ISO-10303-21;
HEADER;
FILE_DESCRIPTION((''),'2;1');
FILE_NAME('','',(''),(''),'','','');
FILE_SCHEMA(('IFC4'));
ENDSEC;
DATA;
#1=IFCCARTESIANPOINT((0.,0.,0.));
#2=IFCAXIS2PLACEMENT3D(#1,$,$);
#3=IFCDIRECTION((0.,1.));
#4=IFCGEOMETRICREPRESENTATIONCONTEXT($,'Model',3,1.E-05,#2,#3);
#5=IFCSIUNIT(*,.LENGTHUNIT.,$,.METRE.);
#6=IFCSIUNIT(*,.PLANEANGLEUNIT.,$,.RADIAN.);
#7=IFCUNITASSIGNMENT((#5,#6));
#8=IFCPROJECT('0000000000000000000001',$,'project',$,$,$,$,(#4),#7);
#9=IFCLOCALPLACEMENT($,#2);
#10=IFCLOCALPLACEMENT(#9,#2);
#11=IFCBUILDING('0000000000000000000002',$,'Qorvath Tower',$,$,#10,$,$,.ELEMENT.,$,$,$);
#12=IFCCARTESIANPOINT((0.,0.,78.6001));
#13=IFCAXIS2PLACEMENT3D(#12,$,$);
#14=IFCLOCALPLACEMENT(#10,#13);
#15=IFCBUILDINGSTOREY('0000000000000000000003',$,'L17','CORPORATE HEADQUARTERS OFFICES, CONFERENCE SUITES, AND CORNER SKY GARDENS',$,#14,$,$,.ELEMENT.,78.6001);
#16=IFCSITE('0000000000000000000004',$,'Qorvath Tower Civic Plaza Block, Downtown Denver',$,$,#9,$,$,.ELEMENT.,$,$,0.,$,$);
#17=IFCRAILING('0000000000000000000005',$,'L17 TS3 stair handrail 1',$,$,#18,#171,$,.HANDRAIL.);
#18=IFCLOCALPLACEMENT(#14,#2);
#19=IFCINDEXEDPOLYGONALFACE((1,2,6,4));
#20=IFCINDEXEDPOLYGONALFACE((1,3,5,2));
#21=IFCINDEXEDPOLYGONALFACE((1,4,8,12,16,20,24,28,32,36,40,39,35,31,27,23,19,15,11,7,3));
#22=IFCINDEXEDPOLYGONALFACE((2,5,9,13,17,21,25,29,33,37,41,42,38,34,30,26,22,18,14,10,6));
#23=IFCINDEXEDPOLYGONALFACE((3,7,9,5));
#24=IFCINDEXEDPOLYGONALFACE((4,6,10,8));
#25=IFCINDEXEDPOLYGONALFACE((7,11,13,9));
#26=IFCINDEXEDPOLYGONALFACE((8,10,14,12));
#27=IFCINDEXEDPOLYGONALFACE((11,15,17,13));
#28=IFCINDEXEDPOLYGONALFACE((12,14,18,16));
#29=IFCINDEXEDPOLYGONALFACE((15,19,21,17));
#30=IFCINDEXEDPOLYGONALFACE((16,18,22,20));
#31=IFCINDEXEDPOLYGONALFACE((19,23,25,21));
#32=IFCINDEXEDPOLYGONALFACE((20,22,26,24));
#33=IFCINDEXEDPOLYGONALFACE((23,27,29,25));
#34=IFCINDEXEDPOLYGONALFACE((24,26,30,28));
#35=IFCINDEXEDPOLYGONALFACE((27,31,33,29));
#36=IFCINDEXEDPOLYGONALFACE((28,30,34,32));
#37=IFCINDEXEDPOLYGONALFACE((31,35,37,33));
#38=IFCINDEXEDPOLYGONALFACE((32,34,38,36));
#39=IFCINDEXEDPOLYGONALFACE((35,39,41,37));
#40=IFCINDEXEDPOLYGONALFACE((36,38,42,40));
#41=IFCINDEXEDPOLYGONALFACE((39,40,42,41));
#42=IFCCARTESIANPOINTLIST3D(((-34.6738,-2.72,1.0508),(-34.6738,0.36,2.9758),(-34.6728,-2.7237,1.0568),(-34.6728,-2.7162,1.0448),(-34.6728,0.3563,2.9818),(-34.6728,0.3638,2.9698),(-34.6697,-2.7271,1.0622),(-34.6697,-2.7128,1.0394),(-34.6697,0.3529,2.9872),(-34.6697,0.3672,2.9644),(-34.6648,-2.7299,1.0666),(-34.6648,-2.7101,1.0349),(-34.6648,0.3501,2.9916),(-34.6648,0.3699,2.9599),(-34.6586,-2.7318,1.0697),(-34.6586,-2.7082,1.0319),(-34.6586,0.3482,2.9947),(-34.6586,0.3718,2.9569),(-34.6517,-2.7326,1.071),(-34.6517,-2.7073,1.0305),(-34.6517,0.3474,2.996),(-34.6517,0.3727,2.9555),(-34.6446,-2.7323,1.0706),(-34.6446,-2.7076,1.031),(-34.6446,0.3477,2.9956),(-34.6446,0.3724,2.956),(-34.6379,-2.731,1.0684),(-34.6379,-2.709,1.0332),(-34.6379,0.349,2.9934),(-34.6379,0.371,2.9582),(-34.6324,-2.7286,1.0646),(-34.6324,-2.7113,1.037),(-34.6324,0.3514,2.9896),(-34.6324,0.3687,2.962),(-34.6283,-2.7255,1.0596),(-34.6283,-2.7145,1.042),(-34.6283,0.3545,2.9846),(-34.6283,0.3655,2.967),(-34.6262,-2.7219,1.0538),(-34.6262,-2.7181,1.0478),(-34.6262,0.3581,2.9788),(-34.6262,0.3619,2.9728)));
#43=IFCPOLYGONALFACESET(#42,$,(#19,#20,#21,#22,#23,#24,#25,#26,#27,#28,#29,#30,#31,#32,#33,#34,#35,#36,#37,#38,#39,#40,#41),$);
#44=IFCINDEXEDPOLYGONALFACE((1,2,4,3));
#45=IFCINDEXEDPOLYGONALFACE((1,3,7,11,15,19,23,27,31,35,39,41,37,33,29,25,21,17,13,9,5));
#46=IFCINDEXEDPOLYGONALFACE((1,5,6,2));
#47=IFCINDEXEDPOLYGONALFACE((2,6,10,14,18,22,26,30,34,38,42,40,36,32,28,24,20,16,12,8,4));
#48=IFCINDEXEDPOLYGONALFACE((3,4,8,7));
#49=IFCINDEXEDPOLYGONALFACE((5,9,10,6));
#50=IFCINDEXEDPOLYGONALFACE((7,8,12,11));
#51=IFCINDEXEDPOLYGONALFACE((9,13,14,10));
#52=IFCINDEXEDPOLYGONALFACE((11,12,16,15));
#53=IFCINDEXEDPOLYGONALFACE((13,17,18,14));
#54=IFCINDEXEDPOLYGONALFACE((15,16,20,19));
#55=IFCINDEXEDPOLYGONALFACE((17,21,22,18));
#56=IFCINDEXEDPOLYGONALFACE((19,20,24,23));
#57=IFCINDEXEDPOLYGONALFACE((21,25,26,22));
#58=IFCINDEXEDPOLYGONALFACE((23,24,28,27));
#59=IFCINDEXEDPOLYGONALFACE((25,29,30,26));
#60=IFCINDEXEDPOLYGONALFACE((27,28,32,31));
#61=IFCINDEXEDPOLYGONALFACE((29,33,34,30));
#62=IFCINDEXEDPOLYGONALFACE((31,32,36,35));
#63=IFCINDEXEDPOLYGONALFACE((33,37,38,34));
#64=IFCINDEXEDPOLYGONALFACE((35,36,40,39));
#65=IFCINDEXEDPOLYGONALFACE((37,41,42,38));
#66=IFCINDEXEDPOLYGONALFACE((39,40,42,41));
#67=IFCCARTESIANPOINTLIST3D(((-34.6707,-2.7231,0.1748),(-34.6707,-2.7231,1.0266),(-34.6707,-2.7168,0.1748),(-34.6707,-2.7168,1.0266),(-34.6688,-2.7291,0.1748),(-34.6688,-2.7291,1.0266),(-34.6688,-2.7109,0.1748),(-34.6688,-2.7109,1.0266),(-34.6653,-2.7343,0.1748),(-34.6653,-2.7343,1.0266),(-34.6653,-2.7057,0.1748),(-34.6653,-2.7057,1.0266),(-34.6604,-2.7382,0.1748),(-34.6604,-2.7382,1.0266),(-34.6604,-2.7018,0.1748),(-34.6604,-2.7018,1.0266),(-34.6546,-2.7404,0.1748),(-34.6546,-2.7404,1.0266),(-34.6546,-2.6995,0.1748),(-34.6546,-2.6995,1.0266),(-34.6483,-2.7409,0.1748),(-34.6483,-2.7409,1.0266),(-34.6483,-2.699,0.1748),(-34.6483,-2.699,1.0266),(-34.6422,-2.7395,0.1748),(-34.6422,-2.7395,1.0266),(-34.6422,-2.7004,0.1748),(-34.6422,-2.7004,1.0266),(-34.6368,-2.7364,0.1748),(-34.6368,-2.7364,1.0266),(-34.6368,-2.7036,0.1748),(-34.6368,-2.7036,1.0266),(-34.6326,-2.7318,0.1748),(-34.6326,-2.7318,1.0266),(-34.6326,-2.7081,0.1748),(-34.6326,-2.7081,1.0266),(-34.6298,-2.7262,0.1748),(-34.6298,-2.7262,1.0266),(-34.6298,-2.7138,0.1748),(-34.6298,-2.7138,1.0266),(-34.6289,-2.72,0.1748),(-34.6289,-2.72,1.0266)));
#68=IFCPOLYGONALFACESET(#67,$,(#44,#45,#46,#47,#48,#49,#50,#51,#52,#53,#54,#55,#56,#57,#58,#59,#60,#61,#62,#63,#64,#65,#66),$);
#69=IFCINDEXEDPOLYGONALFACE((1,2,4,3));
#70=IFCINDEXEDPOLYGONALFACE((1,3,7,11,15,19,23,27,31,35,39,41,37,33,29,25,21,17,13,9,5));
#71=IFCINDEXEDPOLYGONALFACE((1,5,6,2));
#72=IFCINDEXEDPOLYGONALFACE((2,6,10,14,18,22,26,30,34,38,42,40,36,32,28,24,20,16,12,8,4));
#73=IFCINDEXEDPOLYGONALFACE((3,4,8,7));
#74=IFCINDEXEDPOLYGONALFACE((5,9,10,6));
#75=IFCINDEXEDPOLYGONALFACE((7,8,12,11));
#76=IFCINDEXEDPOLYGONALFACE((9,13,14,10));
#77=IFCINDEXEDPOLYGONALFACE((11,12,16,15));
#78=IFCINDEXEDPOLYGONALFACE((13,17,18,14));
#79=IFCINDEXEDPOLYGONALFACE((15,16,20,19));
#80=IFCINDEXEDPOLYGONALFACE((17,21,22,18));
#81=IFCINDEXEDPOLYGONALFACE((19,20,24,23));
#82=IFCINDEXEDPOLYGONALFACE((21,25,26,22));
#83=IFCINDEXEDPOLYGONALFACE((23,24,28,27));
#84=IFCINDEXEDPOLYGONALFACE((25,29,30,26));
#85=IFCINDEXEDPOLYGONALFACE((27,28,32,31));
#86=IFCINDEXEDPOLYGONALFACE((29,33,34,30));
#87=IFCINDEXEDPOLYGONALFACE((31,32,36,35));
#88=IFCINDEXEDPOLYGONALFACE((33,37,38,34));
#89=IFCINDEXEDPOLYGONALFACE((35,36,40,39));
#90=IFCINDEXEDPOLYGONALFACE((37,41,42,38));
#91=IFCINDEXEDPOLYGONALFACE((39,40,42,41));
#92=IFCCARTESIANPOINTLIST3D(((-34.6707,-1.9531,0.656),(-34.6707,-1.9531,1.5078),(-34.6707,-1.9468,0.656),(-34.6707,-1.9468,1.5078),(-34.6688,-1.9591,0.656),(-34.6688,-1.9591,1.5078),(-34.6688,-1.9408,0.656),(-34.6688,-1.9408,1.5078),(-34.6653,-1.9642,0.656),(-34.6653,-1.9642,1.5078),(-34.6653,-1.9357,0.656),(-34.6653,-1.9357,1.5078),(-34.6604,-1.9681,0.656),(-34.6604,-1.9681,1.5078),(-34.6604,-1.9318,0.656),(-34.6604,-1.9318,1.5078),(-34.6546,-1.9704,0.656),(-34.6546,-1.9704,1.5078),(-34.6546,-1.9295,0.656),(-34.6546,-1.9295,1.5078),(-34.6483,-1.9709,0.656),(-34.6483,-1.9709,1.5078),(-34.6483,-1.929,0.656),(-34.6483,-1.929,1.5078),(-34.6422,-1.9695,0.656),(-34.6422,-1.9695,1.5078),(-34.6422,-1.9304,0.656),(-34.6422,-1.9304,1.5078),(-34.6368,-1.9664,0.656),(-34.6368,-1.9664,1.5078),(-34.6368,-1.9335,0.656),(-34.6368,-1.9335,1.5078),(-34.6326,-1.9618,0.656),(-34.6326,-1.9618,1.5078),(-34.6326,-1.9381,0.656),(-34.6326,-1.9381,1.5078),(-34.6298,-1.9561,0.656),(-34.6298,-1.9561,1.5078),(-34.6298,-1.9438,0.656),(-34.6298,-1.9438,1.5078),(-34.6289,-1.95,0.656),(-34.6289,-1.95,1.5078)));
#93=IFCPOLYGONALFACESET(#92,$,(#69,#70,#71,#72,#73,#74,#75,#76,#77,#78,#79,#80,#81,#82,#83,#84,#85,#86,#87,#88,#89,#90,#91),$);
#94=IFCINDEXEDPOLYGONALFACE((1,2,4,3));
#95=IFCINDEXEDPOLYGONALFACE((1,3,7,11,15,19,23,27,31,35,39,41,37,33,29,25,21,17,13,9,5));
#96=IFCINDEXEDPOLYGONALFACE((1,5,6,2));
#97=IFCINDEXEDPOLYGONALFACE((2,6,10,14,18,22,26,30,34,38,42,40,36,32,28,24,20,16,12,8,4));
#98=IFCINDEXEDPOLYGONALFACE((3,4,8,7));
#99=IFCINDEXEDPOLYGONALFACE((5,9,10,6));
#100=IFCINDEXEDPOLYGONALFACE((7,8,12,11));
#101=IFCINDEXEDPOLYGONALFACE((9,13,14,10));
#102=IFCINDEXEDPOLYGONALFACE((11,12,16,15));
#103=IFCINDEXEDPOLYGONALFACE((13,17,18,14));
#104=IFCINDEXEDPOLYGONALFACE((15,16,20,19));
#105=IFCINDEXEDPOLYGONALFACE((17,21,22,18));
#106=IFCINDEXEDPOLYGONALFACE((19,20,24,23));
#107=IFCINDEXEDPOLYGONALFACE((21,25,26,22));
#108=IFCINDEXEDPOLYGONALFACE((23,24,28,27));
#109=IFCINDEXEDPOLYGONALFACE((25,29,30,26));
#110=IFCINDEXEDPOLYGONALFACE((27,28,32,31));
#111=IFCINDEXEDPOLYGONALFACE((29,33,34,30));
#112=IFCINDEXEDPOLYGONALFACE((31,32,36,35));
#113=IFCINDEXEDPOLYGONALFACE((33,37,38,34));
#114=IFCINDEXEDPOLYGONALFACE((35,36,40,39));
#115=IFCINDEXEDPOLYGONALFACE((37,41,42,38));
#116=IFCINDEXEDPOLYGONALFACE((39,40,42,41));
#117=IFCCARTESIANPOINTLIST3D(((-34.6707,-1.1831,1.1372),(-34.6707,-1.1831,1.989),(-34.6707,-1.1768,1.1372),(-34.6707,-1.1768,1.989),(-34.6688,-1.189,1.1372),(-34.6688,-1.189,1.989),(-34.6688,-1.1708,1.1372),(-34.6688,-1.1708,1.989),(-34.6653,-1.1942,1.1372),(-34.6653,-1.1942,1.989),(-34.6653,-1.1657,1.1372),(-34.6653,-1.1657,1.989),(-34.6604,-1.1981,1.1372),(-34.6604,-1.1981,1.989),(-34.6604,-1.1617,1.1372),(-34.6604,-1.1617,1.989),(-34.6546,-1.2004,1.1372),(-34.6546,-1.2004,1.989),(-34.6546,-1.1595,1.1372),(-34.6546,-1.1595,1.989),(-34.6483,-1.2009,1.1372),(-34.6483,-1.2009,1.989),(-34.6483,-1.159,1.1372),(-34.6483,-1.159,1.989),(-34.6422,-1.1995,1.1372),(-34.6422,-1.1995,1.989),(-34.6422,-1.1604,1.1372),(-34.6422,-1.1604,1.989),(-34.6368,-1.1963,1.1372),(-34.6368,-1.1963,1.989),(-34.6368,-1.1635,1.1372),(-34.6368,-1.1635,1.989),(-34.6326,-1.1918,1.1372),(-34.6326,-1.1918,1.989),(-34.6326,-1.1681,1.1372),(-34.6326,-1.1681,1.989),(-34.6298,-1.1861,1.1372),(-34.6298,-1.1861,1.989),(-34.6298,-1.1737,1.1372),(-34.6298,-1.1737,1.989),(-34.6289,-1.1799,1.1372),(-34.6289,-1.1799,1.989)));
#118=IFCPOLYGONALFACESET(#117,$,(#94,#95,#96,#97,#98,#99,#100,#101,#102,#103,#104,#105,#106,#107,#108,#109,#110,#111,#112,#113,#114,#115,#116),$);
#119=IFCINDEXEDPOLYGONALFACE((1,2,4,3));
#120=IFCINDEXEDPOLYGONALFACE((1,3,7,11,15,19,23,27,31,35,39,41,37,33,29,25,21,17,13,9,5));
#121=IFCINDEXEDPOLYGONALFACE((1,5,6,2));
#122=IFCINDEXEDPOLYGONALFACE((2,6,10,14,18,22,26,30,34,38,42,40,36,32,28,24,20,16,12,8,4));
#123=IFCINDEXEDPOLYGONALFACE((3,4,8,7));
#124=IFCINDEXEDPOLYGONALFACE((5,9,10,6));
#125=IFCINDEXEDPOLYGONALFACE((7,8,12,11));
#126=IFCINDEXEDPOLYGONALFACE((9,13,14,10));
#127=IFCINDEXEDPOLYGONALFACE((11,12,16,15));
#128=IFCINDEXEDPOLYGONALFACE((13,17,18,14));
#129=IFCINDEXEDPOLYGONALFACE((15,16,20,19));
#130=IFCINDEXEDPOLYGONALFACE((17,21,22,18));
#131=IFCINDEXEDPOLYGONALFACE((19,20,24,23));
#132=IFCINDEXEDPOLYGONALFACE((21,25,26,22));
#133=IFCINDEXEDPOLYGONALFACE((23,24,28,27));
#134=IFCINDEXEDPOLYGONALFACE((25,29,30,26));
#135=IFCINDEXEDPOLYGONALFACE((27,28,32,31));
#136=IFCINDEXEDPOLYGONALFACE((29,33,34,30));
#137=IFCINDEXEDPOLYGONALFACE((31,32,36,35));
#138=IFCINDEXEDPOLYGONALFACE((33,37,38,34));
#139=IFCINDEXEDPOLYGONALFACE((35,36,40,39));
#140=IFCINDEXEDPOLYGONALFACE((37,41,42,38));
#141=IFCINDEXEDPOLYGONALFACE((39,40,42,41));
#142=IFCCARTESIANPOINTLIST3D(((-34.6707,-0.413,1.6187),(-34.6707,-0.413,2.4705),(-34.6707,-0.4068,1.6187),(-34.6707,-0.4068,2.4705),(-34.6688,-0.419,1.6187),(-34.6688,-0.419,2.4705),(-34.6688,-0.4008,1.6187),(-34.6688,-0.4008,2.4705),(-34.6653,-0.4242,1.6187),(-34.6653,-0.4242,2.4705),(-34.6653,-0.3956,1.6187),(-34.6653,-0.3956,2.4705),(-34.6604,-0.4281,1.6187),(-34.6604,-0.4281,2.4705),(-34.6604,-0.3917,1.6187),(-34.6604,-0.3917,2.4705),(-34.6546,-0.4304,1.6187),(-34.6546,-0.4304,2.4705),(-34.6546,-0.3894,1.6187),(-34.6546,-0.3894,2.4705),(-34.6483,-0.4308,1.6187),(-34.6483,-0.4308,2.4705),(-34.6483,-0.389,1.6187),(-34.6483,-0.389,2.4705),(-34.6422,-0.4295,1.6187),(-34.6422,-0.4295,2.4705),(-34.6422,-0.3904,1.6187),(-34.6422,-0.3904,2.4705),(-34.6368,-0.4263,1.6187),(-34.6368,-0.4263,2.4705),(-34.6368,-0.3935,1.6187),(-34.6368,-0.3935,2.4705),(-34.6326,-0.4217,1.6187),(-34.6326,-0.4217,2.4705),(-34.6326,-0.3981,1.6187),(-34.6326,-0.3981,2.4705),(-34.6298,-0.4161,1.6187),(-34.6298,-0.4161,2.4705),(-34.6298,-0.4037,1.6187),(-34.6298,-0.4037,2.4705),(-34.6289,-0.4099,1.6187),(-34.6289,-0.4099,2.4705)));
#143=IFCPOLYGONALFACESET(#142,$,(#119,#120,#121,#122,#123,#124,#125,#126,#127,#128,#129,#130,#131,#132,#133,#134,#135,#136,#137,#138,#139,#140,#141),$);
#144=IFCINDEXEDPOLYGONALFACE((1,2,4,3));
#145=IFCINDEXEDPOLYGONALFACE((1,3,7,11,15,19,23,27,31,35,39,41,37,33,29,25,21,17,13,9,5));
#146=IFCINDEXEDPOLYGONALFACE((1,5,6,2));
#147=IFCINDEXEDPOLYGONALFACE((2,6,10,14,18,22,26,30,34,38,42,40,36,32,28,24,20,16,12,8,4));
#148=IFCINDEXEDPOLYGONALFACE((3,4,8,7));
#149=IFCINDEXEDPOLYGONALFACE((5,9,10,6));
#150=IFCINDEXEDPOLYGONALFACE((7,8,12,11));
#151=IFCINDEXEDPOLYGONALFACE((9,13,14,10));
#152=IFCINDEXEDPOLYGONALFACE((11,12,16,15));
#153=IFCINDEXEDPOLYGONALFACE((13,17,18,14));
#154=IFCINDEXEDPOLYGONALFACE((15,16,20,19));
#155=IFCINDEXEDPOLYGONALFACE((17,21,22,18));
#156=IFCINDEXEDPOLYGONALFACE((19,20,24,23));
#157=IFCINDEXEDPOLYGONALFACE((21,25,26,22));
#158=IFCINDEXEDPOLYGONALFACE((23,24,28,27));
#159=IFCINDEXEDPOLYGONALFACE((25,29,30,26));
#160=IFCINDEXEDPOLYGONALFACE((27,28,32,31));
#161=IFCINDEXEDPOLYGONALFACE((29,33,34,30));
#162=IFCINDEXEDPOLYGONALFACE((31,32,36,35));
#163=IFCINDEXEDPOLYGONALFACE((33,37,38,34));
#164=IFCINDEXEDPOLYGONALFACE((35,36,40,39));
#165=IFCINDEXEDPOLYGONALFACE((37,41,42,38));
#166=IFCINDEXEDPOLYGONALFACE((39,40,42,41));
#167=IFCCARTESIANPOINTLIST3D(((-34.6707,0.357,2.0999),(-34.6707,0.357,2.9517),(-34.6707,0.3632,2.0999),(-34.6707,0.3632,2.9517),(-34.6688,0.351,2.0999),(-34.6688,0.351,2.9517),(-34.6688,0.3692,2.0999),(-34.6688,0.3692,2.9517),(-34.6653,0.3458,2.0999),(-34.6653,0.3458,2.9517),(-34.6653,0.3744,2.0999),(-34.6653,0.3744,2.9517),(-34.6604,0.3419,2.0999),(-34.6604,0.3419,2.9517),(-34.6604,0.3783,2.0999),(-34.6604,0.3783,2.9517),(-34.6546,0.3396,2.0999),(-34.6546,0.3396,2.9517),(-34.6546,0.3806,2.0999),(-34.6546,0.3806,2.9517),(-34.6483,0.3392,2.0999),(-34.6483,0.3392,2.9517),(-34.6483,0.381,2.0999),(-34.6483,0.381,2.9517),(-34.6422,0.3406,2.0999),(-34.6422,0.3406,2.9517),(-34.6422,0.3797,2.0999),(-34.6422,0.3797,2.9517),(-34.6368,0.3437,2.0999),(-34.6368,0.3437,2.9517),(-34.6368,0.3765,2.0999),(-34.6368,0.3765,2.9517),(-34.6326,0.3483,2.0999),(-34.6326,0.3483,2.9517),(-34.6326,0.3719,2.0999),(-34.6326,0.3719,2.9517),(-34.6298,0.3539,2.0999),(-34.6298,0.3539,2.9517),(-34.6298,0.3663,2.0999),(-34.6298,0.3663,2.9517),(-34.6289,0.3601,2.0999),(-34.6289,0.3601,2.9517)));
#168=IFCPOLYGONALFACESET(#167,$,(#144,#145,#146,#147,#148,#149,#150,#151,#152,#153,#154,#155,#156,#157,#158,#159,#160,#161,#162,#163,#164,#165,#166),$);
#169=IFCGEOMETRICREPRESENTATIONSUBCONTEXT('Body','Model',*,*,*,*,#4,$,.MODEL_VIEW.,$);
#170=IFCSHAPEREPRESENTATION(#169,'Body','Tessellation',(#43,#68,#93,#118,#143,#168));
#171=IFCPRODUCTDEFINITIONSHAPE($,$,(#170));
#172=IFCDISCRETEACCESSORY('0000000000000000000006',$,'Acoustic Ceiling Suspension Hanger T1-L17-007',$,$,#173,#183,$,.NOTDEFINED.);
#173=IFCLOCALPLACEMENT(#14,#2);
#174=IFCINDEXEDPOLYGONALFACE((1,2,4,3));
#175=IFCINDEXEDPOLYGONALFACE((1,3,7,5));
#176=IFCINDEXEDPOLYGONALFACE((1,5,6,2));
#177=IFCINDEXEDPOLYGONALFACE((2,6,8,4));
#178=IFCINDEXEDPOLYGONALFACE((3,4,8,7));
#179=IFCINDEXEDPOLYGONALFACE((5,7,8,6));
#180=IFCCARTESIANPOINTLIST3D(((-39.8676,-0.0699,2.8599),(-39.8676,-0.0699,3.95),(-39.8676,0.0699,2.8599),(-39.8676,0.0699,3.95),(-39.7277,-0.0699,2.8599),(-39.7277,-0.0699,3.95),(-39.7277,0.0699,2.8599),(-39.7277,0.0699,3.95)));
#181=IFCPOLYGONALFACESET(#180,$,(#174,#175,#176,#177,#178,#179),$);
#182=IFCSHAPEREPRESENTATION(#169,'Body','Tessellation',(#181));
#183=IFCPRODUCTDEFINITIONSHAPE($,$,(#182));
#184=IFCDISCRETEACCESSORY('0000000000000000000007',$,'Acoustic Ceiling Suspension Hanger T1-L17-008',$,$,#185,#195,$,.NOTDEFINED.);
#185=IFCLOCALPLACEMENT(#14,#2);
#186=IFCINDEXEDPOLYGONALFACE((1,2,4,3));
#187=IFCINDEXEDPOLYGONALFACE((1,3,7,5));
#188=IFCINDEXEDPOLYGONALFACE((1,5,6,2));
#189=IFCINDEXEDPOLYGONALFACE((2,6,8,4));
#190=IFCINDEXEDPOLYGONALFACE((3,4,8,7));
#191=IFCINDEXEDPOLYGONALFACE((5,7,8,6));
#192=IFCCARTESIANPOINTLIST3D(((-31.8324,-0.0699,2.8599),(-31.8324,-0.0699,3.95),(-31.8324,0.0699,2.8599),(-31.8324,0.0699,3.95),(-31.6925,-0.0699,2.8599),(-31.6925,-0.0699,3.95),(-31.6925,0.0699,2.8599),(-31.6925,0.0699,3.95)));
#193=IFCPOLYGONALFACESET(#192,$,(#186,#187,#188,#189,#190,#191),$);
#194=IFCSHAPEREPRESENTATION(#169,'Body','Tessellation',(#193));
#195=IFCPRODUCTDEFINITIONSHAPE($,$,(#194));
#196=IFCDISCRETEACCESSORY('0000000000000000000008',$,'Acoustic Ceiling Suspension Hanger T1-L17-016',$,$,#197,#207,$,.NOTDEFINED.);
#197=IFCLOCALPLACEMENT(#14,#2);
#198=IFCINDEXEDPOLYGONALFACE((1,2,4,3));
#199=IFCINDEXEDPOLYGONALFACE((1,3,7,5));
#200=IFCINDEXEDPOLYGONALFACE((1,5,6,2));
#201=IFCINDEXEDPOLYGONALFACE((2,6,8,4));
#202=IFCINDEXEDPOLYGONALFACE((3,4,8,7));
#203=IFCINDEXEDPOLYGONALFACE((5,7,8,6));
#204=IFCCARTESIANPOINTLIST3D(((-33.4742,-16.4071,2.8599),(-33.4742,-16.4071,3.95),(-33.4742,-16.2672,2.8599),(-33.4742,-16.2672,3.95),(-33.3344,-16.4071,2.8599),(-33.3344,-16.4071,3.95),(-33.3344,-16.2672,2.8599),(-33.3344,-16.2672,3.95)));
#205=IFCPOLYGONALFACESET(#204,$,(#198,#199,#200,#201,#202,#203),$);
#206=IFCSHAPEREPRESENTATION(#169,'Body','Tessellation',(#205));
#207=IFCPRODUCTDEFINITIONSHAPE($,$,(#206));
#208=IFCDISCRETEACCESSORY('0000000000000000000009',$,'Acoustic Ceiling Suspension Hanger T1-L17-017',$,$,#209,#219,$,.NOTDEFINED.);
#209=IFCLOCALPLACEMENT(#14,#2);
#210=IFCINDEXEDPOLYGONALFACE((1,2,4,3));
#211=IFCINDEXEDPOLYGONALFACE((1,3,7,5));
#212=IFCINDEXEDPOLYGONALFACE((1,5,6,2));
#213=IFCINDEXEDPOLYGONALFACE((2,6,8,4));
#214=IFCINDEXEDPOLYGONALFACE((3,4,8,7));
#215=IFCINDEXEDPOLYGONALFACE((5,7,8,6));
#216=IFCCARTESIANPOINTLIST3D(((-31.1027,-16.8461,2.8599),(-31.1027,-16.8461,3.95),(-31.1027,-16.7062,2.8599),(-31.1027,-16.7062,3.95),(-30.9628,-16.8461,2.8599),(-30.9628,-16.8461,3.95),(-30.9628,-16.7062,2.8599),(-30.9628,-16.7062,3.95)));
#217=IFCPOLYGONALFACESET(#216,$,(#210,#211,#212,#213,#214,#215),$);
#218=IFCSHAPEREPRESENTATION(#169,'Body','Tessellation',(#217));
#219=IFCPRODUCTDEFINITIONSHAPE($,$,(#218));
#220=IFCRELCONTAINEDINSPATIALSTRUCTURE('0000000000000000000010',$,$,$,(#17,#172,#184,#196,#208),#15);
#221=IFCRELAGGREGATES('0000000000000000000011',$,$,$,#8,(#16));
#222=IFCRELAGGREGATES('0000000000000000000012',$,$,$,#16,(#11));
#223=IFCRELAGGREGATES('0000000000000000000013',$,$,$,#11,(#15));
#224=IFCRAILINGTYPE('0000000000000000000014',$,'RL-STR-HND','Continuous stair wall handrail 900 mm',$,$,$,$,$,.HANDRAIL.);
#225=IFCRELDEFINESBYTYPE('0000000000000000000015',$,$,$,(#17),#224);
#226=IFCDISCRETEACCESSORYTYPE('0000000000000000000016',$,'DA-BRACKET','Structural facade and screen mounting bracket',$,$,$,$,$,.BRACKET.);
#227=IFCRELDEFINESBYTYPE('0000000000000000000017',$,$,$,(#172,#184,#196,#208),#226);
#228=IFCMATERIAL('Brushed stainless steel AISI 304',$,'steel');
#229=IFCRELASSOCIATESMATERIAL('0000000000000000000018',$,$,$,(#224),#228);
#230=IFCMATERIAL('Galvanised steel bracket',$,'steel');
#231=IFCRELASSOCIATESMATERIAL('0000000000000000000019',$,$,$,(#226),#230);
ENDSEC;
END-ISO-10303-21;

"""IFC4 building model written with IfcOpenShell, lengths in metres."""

from ifc_helpers import new_model, si_unit, direction, frame, origin, origin_2d, place, context, subcontext, project, spatial, rectangle, circle, extrude, material, type_object, element, save


model = new_model("IFC4")

# Units and contexts
model_context = context("Model", 3, precision=1e-05, world=origin(), true_north=direction((0.0, 1.0)))
body_context = subcontext(model_context, "Body", "Model", "MODEL_VIEW")
ifc_project = project(units=[si_unit("LENGTHUNIT", "METRE"), si_unit("PLANEANGLEUNIT", "RADIAN")], contexts=[model_context])

# Site, building, storey
site_placement = place(None, origin())
site = spatial("IfcSite", under=ifc_project, at=site_placement, Name="Qorvath Tower Civic Plaza Block, Downtown Denver", CompositionType="ELEMENT", RefElevation=0.0)
building_placement = place(site_placement, origin())
building = spatial("IfcBuilding", under=site, at=building_placement, Name="Qorvath Tower", CompositionType="ELEMENT")
storey_placement = place(building_placement, frame((0.0, 0.0, 78.6001)))
storey = spatial("IfcBuildingStorey", under=building, at=storey_placement, Name="L17", Description="CORPORATE HEADQUARTERS OFFICES, CONFERENCE SUITES, AND CORNER SKY GARDENS", CompositionType="ELEMENT", Elevation=78.6001)

# Railing
ifc_material_1 = material(Name="Brushed stainless steel AISI 304", Category="steel")
railing_type_1 = type_object("IfcRailingType", Name="RL-STR-HND", Description="Continuous stair wall handrail 900 mm", PredefinedType="HANDRAIL", material=ifc_material_1)
railing_1_placement = place(storey_placement, frame((-34.6499, -2.72, 0.1748)))
element("IfcRailing", 1, at=railing_1_placement, inside=storey, type_object=railing_type_1, Name="L17 TS3 stair handrail 1", PredefinedType="HANDRAIL", context=body_context, shape_type="SweptSolid", body=[
    extrude(circle(Radius=0.0239, at=origin_2d()), frame((0.0, 0.0, 0.876), z_axis=(0.0, 0.847998, 0.529999), x_axis=(-1.0, 0.0, 0.0)), (0.0, 0.0, 1.0), 3.6321),
    extrude(circle(Radius=0.021, at=origin_2d()), origin(), (0.0, 0.0, 1.0), 0.8518),
    extrude(circle(Radius=0.021, at=origin_2d()), frame((0.0, 0.77, 0.4812)), (0.0, 0.0, 1.0), 0.8518),
    extrude(circle(Radius=0.021, at=origin_2d()), frame((0.0, 1.54, 0.9624)), (0.0, 0.0, 1.0), 0.8518),
    extrude(circle(Radius=0.021, at=origin_2d()), frame((0.0, 2.3101, 1.4438)), (0.0, 0.0, 1.0), 0.8518),
    extrude(circle(Radius=0.021, at=origin_2d()), frame((0.0, 3.0801, 1.925)), (0.0, 0.0, 1.0), 0.8518),
])

# Discrete accessories
ifc_material_2 = material(Name="Galvanised steel bracket", Category="steel")
discrete_accessory_type = type_object("IfcDiscreteAccessoryType", Name="DA-BRACKET", Description="Structural facade and screen mounting bracket", PredefinedType="BRACKET", material=ifc_material_2)
for number, where, z_axis, x_axis, name in (
    (2, (-39.7976, 0.0, 2.8599), (0.0, 0.0, 1.0), (1.0, 0.0, 0.0), "Acoustic Ceiling Suspension Hanger T1-L17-007"),
    (3, (-31.7625, 0.0, 2.8599), (0.0, 0.0, 1.0), (1.0, 0.0, 0.0), "Acoustic Ceiling Suspension Hanger T1-L17-008"),
    (4, (-33.4043, -16.3372, 2.8599), (0.0, 0.0, 1.0), (1.0, 0.0, 0.0), "Acoustic Ceiling Suspension Hanger T1-L17-016"),
    (5, (-31.0327, -16.7761, 2.8599), (0.0, 0.0, 1.0), (1.0, 0.0, 0.0), "Acoustic Ceiling Suspension Hanger T1-L17-017"),
):
    element("IfcDiscreteAccessory", number, at=place(storey_placement, frame(where, z_axis=z_axis, x_axis=x_axis)), inside=storey, type_object=discrete_accessory_type, Name=name, PredefinedType="NOTDEFINED", context=body_context, shape_type="SweptSolid", body=[
        extrude(rectangle(XDim=0.1399, YDim=0.1399, at=origin_2d()), origin(), (0.0, 0.0, 1.0), 1.0901),
    ])

save(model, "model.ifc")
